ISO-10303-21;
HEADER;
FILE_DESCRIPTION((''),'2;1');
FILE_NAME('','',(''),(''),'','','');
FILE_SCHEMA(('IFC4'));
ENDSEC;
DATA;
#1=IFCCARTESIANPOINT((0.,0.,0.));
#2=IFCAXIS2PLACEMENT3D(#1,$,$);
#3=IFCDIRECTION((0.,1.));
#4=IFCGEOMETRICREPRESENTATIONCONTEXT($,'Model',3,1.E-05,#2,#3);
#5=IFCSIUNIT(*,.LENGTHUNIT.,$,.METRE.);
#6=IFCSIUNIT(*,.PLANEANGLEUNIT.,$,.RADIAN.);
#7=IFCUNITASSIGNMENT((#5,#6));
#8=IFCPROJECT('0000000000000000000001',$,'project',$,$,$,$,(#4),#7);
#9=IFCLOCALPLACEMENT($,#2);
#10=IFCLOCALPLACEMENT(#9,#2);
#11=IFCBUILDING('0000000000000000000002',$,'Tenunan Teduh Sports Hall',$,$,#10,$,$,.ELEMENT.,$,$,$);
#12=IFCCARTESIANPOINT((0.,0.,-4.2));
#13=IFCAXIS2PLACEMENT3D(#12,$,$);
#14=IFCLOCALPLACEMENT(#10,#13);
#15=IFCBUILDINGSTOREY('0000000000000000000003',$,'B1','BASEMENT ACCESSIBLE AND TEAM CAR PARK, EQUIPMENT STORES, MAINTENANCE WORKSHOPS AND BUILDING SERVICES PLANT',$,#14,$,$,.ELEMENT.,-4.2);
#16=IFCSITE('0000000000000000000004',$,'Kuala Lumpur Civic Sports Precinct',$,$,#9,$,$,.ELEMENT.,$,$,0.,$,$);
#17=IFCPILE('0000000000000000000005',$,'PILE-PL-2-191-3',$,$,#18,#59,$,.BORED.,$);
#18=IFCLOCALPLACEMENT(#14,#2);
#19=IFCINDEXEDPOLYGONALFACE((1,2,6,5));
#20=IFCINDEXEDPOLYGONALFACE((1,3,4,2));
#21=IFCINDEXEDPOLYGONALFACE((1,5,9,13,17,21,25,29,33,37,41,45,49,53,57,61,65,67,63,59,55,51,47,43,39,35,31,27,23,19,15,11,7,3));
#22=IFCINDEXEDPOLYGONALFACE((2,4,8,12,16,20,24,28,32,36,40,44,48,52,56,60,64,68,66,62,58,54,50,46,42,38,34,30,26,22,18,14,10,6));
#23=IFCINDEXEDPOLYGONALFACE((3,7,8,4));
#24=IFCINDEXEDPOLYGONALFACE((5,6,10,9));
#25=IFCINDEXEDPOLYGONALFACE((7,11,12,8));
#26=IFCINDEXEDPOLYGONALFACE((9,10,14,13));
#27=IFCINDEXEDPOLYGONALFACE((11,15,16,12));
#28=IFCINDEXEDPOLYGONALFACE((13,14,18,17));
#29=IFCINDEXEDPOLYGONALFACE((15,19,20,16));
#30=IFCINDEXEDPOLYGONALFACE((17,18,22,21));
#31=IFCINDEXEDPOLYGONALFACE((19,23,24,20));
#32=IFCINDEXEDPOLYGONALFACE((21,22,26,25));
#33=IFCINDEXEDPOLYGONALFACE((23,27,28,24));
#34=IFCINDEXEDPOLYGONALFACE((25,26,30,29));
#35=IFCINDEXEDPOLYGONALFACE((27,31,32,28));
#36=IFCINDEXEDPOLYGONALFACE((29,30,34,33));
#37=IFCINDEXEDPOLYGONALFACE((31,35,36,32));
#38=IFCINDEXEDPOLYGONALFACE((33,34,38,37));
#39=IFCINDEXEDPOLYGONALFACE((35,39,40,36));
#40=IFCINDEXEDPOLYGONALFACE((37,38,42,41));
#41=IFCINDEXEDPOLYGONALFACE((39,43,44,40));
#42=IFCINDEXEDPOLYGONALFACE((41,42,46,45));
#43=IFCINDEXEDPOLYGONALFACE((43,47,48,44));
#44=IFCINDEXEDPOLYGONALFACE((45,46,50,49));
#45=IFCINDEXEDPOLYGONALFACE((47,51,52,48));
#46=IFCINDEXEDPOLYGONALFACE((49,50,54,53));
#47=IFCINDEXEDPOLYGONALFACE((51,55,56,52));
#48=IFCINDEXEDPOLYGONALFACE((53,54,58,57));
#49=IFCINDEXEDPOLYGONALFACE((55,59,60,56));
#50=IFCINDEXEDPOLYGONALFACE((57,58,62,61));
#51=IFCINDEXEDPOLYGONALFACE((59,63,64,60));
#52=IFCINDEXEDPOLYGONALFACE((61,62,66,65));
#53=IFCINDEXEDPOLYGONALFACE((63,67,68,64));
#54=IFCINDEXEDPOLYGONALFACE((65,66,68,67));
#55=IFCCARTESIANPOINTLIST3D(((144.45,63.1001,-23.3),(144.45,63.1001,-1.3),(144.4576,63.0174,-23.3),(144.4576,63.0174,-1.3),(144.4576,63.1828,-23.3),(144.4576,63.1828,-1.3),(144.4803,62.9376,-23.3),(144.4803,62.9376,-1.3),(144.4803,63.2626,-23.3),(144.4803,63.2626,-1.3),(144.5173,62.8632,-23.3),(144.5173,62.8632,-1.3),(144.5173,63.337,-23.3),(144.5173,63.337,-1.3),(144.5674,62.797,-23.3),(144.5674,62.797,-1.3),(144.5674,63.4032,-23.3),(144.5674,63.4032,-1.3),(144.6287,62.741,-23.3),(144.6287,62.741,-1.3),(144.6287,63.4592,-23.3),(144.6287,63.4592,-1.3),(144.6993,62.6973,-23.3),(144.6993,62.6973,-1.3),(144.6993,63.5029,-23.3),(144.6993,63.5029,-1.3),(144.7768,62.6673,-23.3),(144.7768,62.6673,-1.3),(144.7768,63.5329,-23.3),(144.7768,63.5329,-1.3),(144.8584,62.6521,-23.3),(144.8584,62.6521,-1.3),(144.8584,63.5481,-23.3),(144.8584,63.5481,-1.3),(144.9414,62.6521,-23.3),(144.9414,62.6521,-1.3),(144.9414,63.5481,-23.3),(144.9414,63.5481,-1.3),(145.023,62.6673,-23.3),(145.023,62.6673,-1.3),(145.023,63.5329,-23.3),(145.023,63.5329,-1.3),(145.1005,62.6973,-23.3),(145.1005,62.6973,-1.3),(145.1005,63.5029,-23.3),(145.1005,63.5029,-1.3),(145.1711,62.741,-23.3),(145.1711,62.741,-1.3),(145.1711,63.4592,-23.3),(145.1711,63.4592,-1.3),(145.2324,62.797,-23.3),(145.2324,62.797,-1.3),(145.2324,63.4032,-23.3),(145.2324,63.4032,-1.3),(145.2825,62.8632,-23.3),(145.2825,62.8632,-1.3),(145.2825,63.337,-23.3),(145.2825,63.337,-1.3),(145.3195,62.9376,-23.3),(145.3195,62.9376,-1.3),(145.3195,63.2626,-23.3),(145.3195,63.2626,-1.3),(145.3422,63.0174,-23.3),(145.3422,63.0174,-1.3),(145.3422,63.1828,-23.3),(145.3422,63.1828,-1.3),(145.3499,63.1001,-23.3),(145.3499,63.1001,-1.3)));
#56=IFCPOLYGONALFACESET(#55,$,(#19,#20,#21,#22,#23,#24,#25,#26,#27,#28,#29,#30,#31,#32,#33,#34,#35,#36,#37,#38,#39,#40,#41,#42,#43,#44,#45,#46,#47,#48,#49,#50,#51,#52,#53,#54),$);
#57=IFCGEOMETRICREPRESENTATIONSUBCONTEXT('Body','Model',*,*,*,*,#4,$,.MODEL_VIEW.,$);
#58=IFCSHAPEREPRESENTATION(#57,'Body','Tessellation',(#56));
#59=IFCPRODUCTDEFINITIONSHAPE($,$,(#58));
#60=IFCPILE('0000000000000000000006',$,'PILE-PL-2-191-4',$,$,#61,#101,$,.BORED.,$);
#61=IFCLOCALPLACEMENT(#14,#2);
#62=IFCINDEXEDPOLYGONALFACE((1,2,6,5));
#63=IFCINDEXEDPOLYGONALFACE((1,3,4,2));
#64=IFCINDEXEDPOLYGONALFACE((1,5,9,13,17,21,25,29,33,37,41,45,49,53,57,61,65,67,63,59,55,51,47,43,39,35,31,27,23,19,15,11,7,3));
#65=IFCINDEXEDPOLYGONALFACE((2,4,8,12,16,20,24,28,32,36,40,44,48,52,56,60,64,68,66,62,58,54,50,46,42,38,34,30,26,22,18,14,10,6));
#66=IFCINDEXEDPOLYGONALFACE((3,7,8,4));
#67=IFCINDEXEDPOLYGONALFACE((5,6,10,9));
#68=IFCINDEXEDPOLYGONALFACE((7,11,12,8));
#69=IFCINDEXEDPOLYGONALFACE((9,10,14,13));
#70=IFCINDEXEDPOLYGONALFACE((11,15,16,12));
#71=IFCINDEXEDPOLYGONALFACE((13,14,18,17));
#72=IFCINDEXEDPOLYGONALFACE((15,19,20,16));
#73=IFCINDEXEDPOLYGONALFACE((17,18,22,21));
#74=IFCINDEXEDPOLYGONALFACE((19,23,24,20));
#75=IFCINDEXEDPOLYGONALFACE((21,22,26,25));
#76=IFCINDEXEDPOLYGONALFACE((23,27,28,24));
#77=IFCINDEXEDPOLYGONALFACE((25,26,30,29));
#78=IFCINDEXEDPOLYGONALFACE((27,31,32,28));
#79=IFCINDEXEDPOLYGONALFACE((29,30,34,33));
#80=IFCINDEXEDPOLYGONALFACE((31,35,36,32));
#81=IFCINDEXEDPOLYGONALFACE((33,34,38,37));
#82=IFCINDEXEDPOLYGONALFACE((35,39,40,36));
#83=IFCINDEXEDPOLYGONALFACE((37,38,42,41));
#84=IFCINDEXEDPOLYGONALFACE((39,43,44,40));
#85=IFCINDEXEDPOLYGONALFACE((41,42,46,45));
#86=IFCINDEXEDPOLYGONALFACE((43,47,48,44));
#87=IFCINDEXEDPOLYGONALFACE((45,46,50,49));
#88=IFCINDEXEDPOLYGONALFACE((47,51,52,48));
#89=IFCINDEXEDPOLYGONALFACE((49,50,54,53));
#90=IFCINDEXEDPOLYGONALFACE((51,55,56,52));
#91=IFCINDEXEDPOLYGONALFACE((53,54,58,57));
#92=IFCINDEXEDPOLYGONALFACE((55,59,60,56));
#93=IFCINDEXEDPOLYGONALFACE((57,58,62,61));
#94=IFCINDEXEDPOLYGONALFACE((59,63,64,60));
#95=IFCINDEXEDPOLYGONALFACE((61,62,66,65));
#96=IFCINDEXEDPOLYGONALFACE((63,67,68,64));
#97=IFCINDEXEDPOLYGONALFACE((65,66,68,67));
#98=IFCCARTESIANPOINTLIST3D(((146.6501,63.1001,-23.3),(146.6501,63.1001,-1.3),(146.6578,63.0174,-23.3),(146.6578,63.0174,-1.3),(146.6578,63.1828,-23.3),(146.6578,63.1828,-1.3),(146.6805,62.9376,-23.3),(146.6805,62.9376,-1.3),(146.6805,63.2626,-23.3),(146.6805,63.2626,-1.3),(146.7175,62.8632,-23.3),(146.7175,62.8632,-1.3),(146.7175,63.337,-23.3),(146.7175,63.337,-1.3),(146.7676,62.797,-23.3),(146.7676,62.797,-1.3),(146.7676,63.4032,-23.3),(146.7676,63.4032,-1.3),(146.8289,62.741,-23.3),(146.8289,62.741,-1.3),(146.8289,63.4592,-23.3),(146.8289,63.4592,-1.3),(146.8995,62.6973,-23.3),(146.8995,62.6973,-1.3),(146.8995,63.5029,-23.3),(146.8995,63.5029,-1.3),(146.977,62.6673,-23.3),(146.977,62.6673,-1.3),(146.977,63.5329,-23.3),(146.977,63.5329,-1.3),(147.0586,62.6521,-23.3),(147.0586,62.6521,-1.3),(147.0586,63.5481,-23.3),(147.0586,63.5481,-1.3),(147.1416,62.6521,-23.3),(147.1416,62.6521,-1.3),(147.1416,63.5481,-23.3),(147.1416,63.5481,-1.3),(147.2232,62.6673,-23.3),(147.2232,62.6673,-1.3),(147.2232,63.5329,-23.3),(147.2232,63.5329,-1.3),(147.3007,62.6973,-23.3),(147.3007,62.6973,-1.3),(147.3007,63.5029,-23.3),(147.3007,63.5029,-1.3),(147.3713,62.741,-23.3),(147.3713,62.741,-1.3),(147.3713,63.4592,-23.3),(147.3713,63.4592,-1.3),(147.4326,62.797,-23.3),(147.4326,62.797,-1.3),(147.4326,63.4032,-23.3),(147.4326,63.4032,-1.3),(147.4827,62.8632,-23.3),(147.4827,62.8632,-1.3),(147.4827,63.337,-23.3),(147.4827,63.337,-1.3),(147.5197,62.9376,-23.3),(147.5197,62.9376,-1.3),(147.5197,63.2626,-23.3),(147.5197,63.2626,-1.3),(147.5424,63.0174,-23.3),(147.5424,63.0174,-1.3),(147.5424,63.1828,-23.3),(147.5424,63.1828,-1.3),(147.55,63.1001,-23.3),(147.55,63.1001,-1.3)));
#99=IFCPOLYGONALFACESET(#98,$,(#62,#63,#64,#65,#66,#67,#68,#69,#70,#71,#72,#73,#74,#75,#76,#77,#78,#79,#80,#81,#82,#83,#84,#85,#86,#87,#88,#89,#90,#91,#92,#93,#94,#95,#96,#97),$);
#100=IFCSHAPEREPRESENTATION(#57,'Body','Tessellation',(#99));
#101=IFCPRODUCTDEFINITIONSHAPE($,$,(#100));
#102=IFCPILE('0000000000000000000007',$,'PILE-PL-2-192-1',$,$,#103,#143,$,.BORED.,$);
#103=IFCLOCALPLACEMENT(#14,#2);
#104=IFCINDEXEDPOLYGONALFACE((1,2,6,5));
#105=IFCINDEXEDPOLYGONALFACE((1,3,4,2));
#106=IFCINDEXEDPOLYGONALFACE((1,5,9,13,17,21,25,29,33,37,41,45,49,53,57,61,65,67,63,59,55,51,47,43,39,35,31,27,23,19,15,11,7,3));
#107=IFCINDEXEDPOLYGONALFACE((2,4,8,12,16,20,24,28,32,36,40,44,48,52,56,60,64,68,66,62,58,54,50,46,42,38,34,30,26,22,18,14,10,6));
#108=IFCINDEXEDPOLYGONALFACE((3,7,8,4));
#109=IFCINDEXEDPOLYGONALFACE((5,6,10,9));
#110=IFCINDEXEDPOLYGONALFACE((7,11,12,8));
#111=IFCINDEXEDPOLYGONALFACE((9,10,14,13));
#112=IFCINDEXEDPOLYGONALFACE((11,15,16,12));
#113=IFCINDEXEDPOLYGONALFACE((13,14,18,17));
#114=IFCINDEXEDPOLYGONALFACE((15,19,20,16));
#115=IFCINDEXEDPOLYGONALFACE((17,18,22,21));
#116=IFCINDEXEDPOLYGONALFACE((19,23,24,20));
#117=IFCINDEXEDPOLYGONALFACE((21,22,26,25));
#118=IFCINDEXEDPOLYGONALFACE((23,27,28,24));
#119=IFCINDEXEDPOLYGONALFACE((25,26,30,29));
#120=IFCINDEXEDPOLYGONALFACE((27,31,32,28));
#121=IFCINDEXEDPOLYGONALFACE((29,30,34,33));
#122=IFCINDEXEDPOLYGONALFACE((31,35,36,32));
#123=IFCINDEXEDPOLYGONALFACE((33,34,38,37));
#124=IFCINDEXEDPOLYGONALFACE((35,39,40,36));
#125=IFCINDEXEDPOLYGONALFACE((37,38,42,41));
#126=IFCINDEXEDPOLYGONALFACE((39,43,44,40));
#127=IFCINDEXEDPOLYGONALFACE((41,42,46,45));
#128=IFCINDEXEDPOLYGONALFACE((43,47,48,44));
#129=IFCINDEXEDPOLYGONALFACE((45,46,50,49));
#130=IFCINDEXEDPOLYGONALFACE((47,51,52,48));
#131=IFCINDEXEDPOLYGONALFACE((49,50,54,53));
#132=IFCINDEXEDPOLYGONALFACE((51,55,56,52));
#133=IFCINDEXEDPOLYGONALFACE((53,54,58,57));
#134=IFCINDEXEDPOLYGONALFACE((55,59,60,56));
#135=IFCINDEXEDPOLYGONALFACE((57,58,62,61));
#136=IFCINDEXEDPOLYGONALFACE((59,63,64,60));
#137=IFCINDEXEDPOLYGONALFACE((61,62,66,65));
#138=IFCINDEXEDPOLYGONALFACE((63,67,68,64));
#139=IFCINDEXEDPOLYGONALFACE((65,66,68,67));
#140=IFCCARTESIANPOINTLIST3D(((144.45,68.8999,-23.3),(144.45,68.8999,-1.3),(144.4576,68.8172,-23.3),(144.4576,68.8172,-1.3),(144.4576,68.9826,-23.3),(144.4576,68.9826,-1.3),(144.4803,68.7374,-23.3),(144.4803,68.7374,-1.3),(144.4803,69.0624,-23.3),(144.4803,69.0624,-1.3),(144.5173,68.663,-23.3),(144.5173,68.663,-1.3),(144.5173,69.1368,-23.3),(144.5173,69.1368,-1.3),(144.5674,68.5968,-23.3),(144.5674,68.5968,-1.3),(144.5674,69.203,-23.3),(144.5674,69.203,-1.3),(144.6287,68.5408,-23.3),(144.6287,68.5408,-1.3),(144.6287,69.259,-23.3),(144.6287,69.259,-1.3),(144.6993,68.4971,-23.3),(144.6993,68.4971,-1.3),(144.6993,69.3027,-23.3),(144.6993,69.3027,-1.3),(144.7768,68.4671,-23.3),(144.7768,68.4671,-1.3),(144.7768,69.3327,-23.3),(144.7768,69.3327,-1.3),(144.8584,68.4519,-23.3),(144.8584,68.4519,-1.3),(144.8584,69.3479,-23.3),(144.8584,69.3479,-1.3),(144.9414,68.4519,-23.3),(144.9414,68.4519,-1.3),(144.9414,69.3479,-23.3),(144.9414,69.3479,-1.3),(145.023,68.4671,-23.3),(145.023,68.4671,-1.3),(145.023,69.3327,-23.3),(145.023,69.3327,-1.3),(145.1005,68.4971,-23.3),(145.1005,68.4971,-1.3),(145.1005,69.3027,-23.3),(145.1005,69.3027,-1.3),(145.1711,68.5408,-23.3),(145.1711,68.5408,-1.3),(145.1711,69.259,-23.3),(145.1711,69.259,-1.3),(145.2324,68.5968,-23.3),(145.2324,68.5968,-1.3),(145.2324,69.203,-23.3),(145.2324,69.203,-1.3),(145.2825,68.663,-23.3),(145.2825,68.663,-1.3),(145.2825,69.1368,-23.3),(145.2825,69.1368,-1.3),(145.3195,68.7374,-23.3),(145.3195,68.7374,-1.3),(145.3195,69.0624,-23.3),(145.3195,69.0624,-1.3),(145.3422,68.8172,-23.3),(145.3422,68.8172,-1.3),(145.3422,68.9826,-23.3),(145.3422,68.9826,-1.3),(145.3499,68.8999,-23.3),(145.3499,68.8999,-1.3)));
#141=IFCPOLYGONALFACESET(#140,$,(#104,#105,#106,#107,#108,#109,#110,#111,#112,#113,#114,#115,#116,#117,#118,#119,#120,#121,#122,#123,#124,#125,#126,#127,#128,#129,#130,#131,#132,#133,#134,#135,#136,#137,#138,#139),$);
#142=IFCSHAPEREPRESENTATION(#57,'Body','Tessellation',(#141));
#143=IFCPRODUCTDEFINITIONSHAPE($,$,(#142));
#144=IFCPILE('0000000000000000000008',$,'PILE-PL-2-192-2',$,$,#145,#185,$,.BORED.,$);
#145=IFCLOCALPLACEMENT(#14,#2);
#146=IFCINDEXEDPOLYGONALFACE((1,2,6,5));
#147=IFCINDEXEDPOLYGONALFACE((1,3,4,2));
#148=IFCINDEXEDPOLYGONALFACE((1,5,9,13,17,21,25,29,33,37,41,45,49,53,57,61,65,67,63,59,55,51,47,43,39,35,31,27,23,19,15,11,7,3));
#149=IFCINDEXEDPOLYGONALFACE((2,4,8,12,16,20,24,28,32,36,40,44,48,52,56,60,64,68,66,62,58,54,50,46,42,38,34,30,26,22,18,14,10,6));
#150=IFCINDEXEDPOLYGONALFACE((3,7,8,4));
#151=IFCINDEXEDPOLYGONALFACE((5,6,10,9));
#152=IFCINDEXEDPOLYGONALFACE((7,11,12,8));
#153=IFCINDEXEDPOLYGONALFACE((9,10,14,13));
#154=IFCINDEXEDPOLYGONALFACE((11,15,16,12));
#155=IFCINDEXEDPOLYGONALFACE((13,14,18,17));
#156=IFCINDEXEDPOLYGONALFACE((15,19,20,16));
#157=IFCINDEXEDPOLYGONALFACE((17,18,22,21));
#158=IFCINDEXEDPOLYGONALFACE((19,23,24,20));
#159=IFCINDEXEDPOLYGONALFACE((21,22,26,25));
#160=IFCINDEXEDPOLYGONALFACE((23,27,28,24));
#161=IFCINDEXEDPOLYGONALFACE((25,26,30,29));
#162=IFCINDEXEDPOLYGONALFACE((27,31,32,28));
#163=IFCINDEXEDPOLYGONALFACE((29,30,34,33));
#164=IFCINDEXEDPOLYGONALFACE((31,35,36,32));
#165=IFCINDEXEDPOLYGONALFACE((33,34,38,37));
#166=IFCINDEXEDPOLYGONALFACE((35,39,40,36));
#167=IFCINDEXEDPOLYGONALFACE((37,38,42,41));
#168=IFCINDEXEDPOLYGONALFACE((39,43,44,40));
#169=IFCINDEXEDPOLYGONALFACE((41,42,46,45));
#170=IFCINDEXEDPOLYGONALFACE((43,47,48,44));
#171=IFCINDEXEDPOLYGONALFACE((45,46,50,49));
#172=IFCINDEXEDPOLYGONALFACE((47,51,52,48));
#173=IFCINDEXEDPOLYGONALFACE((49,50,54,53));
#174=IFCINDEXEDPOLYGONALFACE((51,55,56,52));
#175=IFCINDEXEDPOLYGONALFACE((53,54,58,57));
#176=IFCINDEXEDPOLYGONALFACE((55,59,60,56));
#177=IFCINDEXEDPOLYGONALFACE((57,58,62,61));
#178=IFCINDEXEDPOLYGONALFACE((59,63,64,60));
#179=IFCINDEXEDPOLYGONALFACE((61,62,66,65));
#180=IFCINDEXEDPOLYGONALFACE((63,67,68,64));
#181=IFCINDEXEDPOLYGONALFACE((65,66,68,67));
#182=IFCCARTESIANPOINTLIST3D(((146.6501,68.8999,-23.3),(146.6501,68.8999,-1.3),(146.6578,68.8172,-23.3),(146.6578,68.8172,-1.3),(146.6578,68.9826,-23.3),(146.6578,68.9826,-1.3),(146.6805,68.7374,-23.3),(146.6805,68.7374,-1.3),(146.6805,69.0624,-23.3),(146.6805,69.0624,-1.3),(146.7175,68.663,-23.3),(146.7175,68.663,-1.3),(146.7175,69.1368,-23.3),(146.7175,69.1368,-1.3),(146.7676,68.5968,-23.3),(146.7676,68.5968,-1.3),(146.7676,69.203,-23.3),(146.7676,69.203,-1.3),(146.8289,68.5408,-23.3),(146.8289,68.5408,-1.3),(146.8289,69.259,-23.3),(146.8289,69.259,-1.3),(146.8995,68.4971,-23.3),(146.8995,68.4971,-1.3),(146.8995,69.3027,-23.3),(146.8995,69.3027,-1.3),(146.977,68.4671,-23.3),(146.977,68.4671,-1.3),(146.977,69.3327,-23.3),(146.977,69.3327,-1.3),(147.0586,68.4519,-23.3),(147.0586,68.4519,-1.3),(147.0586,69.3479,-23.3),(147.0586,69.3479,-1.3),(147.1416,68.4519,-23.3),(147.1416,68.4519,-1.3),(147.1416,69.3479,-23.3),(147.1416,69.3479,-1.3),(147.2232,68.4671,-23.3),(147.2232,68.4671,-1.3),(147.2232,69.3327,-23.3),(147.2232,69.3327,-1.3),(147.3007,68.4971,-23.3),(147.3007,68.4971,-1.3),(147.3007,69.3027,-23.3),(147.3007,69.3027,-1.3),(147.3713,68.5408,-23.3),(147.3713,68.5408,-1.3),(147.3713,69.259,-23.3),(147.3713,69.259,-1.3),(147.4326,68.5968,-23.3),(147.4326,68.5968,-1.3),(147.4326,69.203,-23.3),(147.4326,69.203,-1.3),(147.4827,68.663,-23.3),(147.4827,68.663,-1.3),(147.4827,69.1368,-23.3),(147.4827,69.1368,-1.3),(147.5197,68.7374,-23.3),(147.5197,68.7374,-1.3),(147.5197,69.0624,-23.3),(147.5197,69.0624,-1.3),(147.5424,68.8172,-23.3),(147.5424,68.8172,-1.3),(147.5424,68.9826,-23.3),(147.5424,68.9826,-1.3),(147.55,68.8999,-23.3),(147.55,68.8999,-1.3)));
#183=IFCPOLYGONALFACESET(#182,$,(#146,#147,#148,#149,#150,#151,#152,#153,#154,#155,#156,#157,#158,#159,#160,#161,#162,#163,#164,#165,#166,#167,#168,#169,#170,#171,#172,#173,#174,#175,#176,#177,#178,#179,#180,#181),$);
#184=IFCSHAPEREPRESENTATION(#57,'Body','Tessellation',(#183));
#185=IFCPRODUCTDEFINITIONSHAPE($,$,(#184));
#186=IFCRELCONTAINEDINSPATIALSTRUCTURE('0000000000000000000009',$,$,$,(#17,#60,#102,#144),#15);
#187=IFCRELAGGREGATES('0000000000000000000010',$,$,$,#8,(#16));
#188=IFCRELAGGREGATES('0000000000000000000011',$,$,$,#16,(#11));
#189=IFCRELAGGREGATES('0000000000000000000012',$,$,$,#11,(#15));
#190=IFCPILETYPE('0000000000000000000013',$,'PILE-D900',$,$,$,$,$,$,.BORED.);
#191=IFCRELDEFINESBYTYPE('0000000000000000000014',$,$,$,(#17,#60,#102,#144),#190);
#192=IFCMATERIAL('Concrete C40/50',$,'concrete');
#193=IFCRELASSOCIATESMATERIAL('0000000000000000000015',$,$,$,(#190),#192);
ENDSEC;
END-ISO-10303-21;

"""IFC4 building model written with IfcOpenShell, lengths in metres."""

from ifc_helpers import new_model, si_unit, direction, frame, origin, origin_2d, place, context, subcontext, project, spatial, circle, extrude, material, material_profile, profile_set, type_object, element, save


model = new_model("IFC4")

# Units and contexts
model_context = context("Model", 3, precision=1e-05, world=origin(), true_north=direction((0.0, 1.0)))
body_context = subcontext(model_context, "Body", "Model", "MODEL_VIEW")
ifc_project = project(units=[si_unit("LENGTHUNIT", "METRE"), si_unit("PLANEANGLEUNIT", "RADIAN")], contexts=[model_context])

# Site, building, storey
site_placement = place(None, origin())
site = spatial("IfcSite", under=ifc_project, at=site_placement, Name="Kuala Lumpur Civic Sports Precinct", CompositionType="ELEMENT", RefElevation=0.0)
building_placement = place(site_placement, origin())
building = spatial("IfcBuilding", under=site, at=building_placement, Name="Tenunan Teduh Sports Hall", CompositionType="ELEMENT")
storey_placement = place(building_placement, frame((0.0, 0.0, -4.2)))
storey = spatial("IfcBuildingStorey", under=building, at=storey_placement, Name="B1", Description="BASEMENT ACCESSIBLE AND TEAM CAR PARK, EQUIPMENT STORES, MAINTENANCE WORKSHOPS AND BUILDING SERVICES PLANT", CompositionType="ELEMENT", Elevation=-4.2)

# Piles
ifc_material_1 = material(Name="Concrete C40/50", Category="concrete")
ifc_material_profile_1 = material_profile(ifc_material_1, circle(Radius=0.45, at=origin_2d()), Name="PILE D900")
ifc_profile_set_1 = profile_set([ifc_material_profile_1], Name="Concrete C40/50")
pile_type = type_object("IfcPileType", Name="PILE-D900", PredefinedType="BORED", material=ifc_profile_set_1)
for number, where, z_axis, x_axis, name in (
    (1, (144.8999, 63.1001, -1.3), (0.0, 0.0, -1.0), (1.0, 0.0, 0.0), "PILE-PL-2-191-3"),
    (2, (147.1001, 63.1001, -1.3), (0.0, 0.0, -1.0), (1.0, 0.0, 0.0), "PILE-PL-2-191-4"),
    (3, (144.8999, 68.8999, -1.3), (0.0, 0.0, -1.0), (1.0, 0.0, 0.0), "PILE-PL-2-192-1"),
    (4, (147.1001, 68.8999, -1.3), (0.0, 0.0, -1.0), (1.0, 0.0, 0.0), "PILE-PL-2-192-2"),
):
    element("IfcPile", number, at=place(storey_placement, frame(where, z_axis=z_axis, x_axis=x_axis)), inside=storey, type_object=pile_type, Name=name, PredefinedType="BORED", context=body_context, shape_type="SweptSolid", body=[
        extrude(circle(Radius=0.45, at=origin_2d()), origin(), (0.0, 0.0, 1.0), 22.0),
    ])

save(model, "model.ifc")
